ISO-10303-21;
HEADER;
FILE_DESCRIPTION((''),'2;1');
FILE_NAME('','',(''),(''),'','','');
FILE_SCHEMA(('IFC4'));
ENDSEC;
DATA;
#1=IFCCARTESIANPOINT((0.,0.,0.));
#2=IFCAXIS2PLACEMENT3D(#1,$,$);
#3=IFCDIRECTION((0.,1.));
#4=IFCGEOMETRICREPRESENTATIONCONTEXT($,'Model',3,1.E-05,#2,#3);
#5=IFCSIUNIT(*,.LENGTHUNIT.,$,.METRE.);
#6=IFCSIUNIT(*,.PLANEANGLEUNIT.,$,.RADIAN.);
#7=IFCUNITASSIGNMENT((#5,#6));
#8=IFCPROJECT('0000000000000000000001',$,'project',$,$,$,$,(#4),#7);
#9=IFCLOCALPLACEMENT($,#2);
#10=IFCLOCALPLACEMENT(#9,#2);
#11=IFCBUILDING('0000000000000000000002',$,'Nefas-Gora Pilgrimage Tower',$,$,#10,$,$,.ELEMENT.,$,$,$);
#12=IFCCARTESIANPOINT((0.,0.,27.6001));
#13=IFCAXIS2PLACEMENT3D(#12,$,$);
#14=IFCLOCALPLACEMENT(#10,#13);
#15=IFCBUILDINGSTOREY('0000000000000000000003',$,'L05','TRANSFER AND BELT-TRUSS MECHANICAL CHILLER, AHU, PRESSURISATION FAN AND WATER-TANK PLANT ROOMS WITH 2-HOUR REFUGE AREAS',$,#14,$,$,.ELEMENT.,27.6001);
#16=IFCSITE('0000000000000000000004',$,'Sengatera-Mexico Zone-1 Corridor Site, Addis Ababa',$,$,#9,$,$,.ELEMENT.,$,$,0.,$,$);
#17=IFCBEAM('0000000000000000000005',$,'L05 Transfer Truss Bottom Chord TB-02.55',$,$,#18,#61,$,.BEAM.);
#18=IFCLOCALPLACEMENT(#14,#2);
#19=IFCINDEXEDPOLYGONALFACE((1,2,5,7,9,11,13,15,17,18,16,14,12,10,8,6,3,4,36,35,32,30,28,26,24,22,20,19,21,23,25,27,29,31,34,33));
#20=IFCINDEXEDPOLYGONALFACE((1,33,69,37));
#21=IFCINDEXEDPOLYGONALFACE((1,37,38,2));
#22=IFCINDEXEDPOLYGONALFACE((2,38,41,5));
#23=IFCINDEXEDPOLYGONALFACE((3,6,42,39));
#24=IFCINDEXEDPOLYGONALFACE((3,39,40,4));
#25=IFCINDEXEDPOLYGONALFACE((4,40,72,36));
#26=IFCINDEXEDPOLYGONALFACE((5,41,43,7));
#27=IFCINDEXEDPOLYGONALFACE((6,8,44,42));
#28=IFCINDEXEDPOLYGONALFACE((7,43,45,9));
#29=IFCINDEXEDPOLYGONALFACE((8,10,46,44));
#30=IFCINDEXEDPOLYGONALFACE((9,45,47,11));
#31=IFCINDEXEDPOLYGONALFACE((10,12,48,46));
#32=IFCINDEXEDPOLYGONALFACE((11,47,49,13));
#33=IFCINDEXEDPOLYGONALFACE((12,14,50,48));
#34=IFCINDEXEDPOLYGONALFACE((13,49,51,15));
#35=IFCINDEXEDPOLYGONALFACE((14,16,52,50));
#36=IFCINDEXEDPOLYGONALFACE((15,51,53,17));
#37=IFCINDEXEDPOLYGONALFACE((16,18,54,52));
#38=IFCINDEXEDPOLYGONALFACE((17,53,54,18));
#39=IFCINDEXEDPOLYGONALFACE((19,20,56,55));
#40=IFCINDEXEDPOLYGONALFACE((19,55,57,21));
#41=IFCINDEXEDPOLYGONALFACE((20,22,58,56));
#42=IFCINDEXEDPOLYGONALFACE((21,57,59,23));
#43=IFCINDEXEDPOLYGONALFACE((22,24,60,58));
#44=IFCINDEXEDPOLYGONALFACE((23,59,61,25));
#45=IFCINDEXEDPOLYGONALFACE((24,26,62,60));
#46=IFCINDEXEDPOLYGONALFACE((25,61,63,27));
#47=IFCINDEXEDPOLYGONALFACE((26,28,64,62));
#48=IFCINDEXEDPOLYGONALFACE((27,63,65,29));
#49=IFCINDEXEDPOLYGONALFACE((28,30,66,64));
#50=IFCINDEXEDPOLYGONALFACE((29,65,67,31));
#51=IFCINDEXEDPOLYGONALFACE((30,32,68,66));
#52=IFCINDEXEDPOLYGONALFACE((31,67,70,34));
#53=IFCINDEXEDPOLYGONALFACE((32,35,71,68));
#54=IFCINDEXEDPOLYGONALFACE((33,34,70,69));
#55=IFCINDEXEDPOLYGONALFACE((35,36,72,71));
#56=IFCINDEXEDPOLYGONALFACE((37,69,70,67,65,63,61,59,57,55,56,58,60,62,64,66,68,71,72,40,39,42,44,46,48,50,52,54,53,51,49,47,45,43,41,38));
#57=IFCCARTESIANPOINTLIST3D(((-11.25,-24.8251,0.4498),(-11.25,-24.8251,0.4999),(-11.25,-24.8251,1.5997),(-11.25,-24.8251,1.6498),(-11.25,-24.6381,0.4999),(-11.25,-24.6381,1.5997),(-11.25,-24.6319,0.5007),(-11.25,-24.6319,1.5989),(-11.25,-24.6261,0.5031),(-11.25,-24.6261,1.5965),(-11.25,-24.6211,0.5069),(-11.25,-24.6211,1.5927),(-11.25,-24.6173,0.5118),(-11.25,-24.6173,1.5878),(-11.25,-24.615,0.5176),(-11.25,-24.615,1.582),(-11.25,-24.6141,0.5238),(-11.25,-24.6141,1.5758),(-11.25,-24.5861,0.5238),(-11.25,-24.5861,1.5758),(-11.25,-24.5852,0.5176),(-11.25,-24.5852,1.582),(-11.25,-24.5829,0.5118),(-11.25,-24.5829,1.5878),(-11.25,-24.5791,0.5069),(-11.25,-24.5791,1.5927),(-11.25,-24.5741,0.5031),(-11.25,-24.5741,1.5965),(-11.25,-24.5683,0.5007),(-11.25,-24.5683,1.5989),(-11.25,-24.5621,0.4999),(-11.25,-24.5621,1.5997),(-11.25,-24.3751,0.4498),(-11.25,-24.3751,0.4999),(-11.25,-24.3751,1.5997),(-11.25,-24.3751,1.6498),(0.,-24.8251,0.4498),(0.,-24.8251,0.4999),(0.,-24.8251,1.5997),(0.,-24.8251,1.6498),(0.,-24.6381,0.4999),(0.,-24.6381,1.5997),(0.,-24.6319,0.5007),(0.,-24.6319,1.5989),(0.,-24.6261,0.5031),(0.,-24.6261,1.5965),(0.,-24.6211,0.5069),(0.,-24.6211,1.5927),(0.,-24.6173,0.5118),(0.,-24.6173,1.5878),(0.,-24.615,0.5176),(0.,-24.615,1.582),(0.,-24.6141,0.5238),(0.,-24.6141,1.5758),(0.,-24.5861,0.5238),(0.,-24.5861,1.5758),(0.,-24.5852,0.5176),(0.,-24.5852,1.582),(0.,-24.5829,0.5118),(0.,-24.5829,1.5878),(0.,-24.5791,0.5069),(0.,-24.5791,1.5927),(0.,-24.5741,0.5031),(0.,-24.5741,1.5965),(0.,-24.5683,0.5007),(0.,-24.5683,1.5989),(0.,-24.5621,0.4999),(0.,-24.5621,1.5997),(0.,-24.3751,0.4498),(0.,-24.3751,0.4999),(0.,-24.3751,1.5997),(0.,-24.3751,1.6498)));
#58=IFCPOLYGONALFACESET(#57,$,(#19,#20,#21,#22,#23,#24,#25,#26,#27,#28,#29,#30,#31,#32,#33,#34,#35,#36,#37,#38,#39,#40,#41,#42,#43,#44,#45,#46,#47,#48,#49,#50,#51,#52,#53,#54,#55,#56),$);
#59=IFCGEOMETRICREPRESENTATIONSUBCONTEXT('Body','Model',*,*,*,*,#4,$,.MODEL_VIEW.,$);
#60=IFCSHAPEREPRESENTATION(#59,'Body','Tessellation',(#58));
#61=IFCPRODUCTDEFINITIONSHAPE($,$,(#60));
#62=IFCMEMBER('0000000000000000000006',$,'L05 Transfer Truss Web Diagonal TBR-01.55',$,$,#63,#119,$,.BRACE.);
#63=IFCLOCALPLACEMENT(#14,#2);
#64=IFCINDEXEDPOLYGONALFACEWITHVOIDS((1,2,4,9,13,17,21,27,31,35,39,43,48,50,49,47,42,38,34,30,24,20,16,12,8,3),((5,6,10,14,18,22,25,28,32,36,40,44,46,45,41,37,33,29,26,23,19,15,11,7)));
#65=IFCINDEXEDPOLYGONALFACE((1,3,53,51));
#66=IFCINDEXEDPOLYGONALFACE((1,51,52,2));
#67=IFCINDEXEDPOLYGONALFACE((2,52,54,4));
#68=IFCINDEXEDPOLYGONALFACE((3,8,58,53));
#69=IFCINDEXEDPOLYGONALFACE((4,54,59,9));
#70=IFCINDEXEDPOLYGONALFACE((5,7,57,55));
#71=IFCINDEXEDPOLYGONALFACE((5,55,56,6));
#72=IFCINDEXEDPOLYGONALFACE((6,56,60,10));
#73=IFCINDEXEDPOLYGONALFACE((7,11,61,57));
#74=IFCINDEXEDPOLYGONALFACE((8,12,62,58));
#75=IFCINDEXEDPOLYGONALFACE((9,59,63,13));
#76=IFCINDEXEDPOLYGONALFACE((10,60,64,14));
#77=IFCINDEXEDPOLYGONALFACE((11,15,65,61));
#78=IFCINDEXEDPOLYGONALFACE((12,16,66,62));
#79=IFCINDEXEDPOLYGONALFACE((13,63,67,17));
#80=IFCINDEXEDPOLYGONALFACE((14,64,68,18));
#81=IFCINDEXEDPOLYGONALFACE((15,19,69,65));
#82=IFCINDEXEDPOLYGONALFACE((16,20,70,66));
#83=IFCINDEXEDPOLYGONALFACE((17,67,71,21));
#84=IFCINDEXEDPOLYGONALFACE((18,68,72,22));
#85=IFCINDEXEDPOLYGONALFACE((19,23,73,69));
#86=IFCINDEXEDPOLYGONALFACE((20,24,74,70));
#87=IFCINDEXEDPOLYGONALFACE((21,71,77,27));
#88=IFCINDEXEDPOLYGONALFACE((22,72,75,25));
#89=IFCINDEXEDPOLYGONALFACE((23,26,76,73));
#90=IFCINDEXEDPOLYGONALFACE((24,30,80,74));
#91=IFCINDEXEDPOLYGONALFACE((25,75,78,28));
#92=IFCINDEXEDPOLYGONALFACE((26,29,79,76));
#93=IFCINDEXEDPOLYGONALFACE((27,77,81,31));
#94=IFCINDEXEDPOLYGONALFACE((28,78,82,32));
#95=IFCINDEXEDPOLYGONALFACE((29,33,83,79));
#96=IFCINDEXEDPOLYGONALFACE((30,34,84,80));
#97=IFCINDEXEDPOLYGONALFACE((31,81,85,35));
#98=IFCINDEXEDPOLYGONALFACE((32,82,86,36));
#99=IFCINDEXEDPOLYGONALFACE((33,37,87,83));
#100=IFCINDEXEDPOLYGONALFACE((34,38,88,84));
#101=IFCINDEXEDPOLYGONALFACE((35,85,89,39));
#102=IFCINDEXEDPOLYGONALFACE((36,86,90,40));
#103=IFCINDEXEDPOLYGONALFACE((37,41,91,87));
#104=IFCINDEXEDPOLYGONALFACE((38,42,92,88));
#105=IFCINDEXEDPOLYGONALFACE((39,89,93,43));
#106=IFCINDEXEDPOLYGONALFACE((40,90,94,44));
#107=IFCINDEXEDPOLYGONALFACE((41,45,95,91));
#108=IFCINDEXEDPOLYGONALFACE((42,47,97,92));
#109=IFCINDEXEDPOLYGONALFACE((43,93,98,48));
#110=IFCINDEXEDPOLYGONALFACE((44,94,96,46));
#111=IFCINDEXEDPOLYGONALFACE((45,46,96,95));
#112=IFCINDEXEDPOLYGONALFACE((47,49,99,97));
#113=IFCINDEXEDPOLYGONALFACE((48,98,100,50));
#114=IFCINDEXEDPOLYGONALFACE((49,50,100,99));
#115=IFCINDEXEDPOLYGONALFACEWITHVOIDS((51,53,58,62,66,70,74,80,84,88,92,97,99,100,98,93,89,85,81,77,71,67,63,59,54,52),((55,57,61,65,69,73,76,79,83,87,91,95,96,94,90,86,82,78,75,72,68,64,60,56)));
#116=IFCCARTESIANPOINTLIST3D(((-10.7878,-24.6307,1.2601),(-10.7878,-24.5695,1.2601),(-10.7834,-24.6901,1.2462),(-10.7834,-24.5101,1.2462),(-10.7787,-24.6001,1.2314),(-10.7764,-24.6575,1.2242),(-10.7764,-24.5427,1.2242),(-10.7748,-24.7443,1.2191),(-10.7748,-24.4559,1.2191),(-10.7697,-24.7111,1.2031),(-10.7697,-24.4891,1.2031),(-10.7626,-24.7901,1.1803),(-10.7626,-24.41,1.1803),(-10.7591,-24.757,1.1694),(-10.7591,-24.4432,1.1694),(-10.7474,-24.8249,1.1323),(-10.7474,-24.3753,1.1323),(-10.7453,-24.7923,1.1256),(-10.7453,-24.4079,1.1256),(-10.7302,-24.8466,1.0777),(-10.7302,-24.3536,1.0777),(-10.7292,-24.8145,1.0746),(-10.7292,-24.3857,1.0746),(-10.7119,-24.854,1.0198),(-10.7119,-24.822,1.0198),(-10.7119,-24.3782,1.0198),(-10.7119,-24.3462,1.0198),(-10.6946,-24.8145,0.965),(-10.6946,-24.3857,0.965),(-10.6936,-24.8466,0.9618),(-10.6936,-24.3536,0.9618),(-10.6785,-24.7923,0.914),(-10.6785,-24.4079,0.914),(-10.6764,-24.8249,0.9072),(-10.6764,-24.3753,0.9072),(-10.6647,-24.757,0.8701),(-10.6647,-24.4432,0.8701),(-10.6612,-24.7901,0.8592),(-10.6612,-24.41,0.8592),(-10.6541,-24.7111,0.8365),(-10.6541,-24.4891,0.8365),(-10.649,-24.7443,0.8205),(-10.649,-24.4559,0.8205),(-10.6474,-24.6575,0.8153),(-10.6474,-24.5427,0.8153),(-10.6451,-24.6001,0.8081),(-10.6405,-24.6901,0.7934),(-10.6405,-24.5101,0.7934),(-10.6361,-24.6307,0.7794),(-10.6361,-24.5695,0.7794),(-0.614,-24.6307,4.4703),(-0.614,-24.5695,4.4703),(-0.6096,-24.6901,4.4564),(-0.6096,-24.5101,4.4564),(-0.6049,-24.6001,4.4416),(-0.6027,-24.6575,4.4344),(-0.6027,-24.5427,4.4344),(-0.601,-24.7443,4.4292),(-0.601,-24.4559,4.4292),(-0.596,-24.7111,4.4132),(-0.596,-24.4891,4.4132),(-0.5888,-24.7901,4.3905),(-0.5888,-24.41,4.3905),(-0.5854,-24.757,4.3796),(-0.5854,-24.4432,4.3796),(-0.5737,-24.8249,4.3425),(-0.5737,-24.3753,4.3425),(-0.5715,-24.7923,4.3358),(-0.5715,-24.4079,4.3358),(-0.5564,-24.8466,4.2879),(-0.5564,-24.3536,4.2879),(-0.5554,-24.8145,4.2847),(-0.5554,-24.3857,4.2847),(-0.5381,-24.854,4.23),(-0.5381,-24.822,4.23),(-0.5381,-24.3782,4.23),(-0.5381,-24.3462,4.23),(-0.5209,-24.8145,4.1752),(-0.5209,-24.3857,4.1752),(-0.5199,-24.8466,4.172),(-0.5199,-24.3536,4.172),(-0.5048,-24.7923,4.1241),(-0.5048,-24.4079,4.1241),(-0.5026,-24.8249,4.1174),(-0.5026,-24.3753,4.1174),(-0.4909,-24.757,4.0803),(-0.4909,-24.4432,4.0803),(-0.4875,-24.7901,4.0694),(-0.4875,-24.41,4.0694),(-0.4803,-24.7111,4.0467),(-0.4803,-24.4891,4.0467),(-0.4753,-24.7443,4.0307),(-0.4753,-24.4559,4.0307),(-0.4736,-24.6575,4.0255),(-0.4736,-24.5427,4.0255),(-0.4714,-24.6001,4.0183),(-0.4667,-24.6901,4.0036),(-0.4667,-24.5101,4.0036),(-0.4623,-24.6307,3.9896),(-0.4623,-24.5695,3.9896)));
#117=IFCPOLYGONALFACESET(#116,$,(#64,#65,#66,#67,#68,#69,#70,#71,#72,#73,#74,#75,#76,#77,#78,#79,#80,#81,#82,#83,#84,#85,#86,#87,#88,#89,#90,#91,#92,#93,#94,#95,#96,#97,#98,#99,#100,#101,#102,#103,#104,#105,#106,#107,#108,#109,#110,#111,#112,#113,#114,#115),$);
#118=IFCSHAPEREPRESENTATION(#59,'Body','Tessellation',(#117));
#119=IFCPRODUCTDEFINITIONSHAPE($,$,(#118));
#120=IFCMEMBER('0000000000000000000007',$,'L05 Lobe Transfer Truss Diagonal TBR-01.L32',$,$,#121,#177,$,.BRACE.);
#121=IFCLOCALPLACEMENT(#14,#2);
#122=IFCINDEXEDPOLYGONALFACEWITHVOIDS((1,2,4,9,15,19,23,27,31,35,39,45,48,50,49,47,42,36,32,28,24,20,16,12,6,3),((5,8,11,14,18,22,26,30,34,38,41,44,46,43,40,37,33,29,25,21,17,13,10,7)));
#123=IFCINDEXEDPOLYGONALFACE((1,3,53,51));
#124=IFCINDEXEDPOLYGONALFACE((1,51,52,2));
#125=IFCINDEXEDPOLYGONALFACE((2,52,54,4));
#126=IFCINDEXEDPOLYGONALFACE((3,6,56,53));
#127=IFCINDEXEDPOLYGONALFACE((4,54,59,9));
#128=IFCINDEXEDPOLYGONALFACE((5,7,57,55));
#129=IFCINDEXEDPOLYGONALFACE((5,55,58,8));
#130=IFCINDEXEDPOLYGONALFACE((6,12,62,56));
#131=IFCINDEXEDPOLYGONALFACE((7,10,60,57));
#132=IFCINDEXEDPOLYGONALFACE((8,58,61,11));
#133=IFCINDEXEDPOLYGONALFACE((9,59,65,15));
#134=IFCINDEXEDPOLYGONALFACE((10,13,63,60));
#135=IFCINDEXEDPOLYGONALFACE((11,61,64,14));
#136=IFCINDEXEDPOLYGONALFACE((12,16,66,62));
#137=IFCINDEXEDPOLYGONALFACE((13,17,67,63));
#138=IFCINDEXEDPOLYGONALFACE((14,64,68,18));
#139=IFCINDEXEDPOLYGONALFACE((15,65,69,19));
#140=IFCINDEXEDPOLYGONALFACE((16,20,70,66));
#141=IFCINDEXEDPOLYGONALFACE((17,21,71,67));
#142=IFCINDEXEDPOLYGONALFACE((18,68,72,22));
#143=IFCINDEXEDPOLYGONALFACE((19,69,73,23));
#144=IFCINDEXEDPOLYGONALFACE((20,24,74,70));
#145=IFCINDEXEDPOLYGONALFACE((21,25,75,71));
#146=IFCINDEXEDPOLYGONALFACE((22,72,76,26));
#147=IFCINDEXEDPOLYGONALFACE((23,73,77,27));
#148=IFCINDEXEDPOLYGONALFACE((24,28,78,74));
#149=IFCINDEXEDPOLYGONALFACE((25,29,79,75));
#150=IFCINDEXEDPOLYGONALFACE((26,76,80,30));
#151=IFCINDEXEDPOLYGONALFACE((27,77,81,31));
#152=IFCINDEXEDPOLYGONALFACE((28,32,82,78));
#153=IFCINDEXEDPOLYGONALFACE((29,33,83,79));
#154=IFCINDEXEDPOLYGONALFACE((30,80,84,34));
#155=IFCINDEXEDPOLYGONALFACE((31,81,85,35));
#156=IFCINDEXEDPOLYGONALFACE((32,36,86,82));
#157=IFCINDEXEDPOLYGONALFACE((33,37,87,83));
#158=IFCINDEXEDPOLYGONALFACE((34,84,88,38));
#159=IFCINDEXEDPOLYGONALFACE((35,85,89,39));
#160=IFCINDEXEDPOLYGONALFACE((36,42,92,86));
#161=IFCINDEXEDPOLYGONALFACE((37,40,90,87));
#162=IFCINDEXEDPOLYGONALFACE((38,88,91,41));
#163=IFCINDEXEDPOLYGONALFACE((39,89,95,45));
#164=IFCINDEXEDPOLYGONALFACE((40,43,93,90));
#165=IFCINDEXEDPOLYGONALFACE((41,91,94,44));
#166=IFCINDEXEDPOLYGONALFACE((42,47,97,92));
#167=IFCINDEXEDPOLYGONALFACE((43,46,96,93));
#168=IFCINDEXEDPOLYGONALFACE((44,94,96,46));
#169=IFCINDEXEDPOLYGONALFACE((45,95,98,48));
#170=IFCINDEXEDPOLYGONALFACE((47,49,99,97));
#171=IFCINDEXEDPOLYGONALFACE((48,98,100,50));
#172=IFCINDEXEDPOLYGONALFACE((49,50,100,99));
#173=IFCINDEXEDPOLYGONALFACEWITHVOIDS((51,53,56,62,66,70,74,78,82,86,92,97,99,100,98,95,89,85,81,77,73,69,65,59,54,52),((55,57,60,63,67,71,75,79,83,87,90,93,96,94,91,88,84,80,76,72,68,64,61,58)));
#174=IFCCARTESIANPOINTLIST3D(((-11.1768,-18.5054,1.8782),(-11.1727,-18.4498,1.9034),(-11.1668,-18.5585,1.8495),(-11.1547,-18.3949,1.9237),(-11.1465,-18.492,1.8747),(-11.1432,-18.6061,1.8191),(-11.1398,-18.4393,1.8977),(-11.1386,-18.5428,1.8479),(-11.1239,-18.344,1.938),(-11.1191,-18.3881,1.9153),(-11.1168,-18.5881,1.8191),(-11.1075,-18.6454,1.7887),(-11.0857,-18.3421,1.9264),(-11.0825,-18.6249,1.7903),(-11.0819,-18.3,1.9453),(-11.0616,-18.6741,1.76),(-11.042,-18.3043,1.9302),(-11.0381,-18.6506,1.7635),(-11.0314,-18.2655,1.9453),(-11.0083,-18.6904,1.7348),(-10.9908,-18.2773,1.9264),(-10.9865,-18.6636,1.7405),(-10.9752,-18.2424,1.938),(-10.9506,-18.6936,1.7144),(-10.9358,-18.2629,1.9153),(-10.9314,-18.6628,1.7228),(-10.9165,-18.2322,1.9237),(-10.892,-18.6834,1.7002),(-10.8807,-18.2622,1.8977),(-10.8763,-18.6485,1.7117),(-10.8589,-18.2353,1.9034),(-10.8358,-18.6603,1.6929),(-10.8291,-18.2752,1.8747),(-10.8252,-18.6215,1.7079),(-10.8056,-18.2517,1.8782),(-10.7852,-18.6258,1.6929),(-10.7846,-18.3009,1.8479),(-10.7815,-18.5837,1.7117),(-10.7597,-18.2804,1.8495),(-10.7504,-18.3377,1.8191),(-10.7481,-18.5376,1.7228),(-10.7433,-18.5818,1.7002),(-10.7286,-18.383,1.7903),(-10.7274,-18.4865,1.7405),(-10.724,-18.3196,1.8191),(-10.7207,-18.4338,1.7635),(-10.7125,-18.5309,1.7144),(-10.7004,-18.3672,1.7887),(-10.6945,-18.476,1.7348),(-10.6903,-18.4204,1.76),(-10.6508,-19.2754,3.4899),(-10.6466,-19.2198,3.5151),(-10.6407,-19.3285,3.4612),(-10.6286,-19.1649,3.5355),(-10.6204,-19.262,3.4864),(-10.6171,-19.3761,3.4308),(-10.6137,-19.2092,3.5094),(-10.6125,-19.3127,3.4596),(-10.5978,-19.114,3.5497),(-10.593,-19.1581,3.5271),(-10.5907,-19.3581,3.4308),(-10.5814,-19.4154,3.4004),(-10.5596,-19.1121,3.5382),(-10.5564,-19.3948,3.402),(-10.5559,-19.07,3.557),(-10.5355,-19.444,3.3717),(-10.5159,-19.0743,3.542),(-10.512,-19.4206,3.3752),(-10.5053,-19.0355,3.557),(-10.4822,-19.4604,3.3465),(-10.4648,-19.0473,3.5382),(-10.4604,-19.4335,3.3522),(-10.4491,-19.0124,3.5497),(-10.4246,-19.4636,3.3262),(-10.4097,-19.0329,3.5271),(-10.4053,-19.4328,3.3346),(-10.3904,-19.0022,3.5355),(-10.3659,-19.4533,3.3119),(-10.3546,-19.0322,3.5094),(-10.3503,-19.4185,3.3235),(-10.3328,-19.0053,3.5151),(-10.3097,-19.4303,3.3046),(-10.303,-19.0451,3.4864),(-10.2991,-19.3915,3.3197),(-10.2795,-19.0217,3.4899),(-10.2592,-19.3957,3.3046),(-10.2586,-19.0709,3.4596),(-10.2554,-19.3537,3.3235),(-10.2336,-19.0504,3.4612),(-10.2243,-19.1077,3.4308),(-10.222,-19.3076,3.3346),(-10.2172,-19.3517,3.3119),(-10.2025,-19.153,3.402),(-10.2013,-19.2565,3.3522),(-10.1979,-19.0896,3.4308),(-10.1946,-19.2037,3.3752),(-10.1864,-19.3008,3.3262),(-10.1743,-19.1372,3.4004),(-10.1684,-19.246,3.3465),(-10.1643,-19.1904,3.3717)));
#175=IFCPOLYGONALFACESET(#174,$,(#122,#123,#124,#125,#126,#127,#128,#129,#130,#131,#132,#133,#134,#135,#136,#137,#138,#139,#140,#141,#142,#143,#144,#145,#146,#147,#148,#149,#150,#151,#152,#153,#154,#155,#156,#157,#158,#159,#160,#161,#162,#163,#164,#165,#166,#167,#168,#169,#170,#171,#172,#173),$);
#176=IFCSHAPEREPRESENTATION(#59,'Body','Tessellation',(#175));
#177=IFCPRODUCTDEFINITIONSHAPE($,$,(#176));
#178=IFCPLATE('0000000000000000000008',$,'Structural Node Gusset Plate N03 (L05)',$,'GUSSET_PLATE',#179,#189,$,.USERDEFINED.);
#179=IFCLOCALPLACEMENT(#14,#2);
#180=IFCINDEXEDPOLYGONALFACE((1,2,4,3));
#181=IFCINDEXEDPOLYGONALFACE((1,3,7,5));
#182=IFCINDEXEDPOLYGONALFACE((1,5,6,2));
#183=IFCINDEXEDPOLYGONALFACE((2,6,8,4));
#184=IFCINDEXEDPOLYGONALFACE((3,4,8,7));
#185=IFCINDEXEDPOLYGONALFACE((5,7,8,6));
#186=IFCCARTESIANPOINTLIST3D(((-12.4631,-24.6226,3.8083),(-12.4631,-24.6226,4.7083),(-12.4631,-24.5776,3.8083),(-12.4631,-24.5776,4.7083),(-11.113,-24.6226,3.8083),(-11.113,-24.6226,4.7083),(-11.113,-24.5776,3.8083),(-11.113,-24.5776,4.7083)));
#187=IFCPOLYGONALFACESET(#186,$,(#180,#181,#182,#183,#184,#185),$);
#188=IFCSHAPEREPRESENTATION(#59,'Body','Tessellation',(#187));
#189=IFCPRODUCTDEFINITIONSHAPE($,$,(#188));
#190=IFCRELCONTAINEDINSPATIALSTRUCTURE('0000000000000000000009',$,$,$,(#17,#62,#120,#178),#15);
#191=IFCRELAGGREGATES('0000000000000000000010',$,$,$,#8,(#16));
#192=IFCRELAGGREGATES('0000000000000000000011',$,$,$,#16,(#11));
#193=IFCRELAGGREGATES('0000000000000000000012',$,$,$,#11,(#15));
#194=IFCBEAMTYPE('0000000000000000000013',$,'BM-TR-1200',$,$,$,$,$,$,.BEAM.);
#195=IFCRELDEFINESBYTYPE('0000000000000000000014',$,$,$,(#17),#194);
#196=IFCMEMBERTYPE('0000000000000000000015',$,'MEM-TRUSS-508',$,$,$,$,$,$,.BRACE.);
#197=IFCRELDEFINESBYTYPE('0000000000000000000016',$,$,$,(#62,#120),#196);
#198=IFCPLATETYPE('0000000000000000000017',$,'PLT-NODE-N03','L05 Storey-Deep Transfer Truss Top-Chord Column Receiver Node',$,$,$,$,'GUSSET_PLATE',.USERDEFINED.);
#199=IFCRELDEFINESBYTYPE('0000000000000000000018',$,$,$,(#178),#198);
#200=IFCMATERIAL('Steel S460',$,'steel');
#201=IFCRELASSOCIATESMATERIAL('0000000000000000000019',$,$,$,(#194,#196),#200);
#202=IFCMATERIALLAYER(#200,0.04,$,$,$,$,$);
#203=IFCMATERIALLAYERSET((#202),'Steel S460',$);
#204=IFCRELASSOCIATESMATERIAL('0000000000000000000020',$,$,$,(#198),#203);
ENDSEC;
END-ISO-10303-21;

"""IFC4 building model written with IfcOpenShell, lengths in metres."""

from ifc_helpers import new_model, si_unit, direction, frame, origin, origin_2d, place, context, subcontext, project, spatial, rectangle, hollow_circle, i_section, extrude, source, transform, mapped, material, layer, layer_set, material_profile, profile_set, type_object, element, save


model = new_model("IFC4")

# Units and contexts
model_context = context("Model", 3, precision=1e-05, world=origin(), true_north=direction((0.0, 1.0)))
body_context = subcontext(model_context, "Body", "Model", "MODEL_VIEW")
ifc_project = project(units=[si_unit("LENGTHUNIT", "METRE"), si_unit("PLANEANGLEUNIT", "RADIAN")], contexts=[model_context])

# Site, building, storey
site_placement = place(None, origin())
site = spatial("IfcSite", under=ifc_project, at=site_placement, Name="Sengatera-Mexico Zone-1 Corridor Site, Addis Ababa", CompositionType="ELEMENT", RefElevation=0.0)
building_placement = place(site_placement, origin())
building = spatial("IfcBuilding", under=site, at=building_placement, Name="Nefas-Gora Pilgrimage Tower", CompositionType="ELEMENT")
storey_placement = place(building_placement, frame((0.0, 0.0, 27.6001)))
storey = spatial("IfcBuildingStorey", under=building, at=storey_placement, Name="L05", Description="TRANSFER AND BELT-TRUSS MECHANICAL CHILLER, AHU, PRESSURISATION FAN AND WATER-TANK PLANT ROOMS WITH 2-HOUR REFUGE AREAS", CompositionType="ELEMENT", Elevation=27.6001)

# Shared definitions
ifc_material_1 = material(Name="Steel S460", Category="steel")

# Shared definitions
ifc_material_profile_1 = material_profile(ifc_material_1, i_section(OverallWidth=0.45, OverallDepth=1.2, WebThickness=0.0281, FlangeThickness=0.05, FilletRadius=0.0239, at=origin_2d()), Name="WPG 1200x450x28x50")
ifc_profile_set_1 = profile_set([ifc_material_profile_1], Name="Steel S460")
beam_type_1 = type_object("IfcBeamType", Name="BM-TR-1200", PredefinedType="BEAM", material=ifc_profile_set_1)

# Shared definitions
ifc_material_profile_2 = material_profile(ifc_material_1, hollow_circle(Radius=0.2539, WallThickness=0.032, at=origin_2d()), Name="CHS 508x32")
ifc_profile_set_2 = profile_set([ifc_material_profile_2], Name="Steel S460")
member_type = type_object("IfcMemberType", Name="MEM-TRUSS-508", PredefinedType="BRACE", material=ifc_profile_set_2)

# Beam
shared_shape_1 = source(origin(), body_context, "Body", "SweptSolid", [
    extrude(i_section(OverallWidth=0.45, OverallDepth=1.2, WebThickness=0.0281, FlangeThickness=0.05, FilletRadius=0.0239, at=origin_2d()), origin(), (0.0, 0.0, 1.0), 11.25),
])
beam_1_placement = place(storey_placement, frame((-11.25, -24.6001, 1.0498), z_axis=(1.0, 0.0, 0.0), x_axis=(0.0, 1.0, 0.0)))
element("IfcBeam", 1, at=beam_1_placement, inside=storey, type_object=beam_type_1, Name="L05 Transfer Truss Bottom Chord TB-02.55", PredefinedType="BEAM", context=body_context, shape_type="MappedRepresentation", body=[
    mapped(shared_shape_1, transform((0.0, 0.0, 0.0), x_axis=(1.0, 0.0, 0.0), y_axis=(0.0, 1.0, 0.0), z_axis=(0.0, 0.0, 1.0), scale=1.0)),
])

# Members
shared_shape_2 = source(origin(), body_context, "Body", "SweptSolid", [
    extrude(hollow_circle(Radius=0.2539, WallThickness=0.032, at=origin_2d()), origin(), (0.0, 0.0, 1.0), 10.6682),
])
member_1_placement = place(storey_placement, frame((-10.7119, -24.6001, 1.0198), z_axis=(0.953652, 0.0, 0.300911), x_axis=(0.0, 1.0, 0.0)))
element("IfcMember", 2, at=member_1_placement, inside=storey, type_object=member_type, Name="L05 Transfer Truss Web Diagonal TBR-01.55", PredefinedType="BRACE", context=body_context, shape_type="MappedRepresentation", body=[
    mapped(shared_shape_2, transform((0.0, 0.0, 0.0), x_axis=(1.0, 0.0, 0.0), y_axis=(0.0, 1.0, 0.0), z_axis=(0.0, 0.0, 1.0), scale=1.0)),
])
shared_shape_3 = source(origin(), body_context, "Body", "SweptSolid", [
    extrude(hollow_circle(Radius=0.2539, WallThickness=0.032, at=origin_2d()), origin(), (0.0, 0.0, 1.0), 1.8621),
])
member_2_placement = place(storey_placement, frame((-10.9336, -18.4629, 1.8191), z_axis=(0.282532, -0.413506, 0.865557), x_axis=(0.825673, 0.564149, 0.0)))
element("IfcMember", 3, at=member_2_placement, inside=storey, type_object=member_type, Name="L05 Lobe Transfer Truss Diagonal TBR-01.L32", PredefinedType="BRACE", context=body_context, shape_type="MappedRepresentation", body=[
    mapped(shared_shape_3, transform((0.0, 0.0, 0.0), x_axis=(1.0, 0.0, 0.0), y_axis=(0.0, 1.0, 0.0), z_axis=(0.0, 0.0, 1.0), scale=1.0)),
])

# Plate
ifc_layer_1 = layer(ifc_material_1, 0.04)
ifc_layer_set_1 = layer_set([ifc_layer_1], Name="Steel S460")
plate_type_1 = type_object("IfcPlateType", Name="PLT-NODE-N03", Description="L05 Storey-Deep Transfer Truss Top-Chord Column Receiver Node", ElementType="GUSSET_PLATE", PredefinedType="USERDEFINED", material=ifc_layer_set_1)
shared_shape_4 = source(origin(), body_context, "Body", "SweptSolid", [
    extrude(rectangle(XDim=1.3501, YDim=0.0449, at=origin_2d()), origin(), (0.0, 0.0, 1.0), 0.8999),
])
for number, where, z_axis, x_axis, name in (
    (4, (-11.7881, -24.6001, 3.8083), (0.0, 0.0, 1.0), (1.0, 0.0, 0.0), "Structural Node Gusset Plate N03 (L05)"),
):
    element("IfcPlate", number, at=place(storey_placement, frame(where, z_axis=z_axis, x_axis=x_axis)), inside=storey, type_object=plate_type_1, Name=name, ObjectType="GUSSET_PLATE", PredefinedType="USERDEFINED", context=body_context, shape_type="MappedRepresentation", body=[
        mapped(shared_shape_4, transform((0.0, 0.0, 0.0), x_axis=(1.0, 0.0, 0.0), y_axis=(0.0, 1.0, 0.0), z_axis=(0.0, 0.0, 1.0), scale=1.0)),
    ])

save(model, "model.ifc")
